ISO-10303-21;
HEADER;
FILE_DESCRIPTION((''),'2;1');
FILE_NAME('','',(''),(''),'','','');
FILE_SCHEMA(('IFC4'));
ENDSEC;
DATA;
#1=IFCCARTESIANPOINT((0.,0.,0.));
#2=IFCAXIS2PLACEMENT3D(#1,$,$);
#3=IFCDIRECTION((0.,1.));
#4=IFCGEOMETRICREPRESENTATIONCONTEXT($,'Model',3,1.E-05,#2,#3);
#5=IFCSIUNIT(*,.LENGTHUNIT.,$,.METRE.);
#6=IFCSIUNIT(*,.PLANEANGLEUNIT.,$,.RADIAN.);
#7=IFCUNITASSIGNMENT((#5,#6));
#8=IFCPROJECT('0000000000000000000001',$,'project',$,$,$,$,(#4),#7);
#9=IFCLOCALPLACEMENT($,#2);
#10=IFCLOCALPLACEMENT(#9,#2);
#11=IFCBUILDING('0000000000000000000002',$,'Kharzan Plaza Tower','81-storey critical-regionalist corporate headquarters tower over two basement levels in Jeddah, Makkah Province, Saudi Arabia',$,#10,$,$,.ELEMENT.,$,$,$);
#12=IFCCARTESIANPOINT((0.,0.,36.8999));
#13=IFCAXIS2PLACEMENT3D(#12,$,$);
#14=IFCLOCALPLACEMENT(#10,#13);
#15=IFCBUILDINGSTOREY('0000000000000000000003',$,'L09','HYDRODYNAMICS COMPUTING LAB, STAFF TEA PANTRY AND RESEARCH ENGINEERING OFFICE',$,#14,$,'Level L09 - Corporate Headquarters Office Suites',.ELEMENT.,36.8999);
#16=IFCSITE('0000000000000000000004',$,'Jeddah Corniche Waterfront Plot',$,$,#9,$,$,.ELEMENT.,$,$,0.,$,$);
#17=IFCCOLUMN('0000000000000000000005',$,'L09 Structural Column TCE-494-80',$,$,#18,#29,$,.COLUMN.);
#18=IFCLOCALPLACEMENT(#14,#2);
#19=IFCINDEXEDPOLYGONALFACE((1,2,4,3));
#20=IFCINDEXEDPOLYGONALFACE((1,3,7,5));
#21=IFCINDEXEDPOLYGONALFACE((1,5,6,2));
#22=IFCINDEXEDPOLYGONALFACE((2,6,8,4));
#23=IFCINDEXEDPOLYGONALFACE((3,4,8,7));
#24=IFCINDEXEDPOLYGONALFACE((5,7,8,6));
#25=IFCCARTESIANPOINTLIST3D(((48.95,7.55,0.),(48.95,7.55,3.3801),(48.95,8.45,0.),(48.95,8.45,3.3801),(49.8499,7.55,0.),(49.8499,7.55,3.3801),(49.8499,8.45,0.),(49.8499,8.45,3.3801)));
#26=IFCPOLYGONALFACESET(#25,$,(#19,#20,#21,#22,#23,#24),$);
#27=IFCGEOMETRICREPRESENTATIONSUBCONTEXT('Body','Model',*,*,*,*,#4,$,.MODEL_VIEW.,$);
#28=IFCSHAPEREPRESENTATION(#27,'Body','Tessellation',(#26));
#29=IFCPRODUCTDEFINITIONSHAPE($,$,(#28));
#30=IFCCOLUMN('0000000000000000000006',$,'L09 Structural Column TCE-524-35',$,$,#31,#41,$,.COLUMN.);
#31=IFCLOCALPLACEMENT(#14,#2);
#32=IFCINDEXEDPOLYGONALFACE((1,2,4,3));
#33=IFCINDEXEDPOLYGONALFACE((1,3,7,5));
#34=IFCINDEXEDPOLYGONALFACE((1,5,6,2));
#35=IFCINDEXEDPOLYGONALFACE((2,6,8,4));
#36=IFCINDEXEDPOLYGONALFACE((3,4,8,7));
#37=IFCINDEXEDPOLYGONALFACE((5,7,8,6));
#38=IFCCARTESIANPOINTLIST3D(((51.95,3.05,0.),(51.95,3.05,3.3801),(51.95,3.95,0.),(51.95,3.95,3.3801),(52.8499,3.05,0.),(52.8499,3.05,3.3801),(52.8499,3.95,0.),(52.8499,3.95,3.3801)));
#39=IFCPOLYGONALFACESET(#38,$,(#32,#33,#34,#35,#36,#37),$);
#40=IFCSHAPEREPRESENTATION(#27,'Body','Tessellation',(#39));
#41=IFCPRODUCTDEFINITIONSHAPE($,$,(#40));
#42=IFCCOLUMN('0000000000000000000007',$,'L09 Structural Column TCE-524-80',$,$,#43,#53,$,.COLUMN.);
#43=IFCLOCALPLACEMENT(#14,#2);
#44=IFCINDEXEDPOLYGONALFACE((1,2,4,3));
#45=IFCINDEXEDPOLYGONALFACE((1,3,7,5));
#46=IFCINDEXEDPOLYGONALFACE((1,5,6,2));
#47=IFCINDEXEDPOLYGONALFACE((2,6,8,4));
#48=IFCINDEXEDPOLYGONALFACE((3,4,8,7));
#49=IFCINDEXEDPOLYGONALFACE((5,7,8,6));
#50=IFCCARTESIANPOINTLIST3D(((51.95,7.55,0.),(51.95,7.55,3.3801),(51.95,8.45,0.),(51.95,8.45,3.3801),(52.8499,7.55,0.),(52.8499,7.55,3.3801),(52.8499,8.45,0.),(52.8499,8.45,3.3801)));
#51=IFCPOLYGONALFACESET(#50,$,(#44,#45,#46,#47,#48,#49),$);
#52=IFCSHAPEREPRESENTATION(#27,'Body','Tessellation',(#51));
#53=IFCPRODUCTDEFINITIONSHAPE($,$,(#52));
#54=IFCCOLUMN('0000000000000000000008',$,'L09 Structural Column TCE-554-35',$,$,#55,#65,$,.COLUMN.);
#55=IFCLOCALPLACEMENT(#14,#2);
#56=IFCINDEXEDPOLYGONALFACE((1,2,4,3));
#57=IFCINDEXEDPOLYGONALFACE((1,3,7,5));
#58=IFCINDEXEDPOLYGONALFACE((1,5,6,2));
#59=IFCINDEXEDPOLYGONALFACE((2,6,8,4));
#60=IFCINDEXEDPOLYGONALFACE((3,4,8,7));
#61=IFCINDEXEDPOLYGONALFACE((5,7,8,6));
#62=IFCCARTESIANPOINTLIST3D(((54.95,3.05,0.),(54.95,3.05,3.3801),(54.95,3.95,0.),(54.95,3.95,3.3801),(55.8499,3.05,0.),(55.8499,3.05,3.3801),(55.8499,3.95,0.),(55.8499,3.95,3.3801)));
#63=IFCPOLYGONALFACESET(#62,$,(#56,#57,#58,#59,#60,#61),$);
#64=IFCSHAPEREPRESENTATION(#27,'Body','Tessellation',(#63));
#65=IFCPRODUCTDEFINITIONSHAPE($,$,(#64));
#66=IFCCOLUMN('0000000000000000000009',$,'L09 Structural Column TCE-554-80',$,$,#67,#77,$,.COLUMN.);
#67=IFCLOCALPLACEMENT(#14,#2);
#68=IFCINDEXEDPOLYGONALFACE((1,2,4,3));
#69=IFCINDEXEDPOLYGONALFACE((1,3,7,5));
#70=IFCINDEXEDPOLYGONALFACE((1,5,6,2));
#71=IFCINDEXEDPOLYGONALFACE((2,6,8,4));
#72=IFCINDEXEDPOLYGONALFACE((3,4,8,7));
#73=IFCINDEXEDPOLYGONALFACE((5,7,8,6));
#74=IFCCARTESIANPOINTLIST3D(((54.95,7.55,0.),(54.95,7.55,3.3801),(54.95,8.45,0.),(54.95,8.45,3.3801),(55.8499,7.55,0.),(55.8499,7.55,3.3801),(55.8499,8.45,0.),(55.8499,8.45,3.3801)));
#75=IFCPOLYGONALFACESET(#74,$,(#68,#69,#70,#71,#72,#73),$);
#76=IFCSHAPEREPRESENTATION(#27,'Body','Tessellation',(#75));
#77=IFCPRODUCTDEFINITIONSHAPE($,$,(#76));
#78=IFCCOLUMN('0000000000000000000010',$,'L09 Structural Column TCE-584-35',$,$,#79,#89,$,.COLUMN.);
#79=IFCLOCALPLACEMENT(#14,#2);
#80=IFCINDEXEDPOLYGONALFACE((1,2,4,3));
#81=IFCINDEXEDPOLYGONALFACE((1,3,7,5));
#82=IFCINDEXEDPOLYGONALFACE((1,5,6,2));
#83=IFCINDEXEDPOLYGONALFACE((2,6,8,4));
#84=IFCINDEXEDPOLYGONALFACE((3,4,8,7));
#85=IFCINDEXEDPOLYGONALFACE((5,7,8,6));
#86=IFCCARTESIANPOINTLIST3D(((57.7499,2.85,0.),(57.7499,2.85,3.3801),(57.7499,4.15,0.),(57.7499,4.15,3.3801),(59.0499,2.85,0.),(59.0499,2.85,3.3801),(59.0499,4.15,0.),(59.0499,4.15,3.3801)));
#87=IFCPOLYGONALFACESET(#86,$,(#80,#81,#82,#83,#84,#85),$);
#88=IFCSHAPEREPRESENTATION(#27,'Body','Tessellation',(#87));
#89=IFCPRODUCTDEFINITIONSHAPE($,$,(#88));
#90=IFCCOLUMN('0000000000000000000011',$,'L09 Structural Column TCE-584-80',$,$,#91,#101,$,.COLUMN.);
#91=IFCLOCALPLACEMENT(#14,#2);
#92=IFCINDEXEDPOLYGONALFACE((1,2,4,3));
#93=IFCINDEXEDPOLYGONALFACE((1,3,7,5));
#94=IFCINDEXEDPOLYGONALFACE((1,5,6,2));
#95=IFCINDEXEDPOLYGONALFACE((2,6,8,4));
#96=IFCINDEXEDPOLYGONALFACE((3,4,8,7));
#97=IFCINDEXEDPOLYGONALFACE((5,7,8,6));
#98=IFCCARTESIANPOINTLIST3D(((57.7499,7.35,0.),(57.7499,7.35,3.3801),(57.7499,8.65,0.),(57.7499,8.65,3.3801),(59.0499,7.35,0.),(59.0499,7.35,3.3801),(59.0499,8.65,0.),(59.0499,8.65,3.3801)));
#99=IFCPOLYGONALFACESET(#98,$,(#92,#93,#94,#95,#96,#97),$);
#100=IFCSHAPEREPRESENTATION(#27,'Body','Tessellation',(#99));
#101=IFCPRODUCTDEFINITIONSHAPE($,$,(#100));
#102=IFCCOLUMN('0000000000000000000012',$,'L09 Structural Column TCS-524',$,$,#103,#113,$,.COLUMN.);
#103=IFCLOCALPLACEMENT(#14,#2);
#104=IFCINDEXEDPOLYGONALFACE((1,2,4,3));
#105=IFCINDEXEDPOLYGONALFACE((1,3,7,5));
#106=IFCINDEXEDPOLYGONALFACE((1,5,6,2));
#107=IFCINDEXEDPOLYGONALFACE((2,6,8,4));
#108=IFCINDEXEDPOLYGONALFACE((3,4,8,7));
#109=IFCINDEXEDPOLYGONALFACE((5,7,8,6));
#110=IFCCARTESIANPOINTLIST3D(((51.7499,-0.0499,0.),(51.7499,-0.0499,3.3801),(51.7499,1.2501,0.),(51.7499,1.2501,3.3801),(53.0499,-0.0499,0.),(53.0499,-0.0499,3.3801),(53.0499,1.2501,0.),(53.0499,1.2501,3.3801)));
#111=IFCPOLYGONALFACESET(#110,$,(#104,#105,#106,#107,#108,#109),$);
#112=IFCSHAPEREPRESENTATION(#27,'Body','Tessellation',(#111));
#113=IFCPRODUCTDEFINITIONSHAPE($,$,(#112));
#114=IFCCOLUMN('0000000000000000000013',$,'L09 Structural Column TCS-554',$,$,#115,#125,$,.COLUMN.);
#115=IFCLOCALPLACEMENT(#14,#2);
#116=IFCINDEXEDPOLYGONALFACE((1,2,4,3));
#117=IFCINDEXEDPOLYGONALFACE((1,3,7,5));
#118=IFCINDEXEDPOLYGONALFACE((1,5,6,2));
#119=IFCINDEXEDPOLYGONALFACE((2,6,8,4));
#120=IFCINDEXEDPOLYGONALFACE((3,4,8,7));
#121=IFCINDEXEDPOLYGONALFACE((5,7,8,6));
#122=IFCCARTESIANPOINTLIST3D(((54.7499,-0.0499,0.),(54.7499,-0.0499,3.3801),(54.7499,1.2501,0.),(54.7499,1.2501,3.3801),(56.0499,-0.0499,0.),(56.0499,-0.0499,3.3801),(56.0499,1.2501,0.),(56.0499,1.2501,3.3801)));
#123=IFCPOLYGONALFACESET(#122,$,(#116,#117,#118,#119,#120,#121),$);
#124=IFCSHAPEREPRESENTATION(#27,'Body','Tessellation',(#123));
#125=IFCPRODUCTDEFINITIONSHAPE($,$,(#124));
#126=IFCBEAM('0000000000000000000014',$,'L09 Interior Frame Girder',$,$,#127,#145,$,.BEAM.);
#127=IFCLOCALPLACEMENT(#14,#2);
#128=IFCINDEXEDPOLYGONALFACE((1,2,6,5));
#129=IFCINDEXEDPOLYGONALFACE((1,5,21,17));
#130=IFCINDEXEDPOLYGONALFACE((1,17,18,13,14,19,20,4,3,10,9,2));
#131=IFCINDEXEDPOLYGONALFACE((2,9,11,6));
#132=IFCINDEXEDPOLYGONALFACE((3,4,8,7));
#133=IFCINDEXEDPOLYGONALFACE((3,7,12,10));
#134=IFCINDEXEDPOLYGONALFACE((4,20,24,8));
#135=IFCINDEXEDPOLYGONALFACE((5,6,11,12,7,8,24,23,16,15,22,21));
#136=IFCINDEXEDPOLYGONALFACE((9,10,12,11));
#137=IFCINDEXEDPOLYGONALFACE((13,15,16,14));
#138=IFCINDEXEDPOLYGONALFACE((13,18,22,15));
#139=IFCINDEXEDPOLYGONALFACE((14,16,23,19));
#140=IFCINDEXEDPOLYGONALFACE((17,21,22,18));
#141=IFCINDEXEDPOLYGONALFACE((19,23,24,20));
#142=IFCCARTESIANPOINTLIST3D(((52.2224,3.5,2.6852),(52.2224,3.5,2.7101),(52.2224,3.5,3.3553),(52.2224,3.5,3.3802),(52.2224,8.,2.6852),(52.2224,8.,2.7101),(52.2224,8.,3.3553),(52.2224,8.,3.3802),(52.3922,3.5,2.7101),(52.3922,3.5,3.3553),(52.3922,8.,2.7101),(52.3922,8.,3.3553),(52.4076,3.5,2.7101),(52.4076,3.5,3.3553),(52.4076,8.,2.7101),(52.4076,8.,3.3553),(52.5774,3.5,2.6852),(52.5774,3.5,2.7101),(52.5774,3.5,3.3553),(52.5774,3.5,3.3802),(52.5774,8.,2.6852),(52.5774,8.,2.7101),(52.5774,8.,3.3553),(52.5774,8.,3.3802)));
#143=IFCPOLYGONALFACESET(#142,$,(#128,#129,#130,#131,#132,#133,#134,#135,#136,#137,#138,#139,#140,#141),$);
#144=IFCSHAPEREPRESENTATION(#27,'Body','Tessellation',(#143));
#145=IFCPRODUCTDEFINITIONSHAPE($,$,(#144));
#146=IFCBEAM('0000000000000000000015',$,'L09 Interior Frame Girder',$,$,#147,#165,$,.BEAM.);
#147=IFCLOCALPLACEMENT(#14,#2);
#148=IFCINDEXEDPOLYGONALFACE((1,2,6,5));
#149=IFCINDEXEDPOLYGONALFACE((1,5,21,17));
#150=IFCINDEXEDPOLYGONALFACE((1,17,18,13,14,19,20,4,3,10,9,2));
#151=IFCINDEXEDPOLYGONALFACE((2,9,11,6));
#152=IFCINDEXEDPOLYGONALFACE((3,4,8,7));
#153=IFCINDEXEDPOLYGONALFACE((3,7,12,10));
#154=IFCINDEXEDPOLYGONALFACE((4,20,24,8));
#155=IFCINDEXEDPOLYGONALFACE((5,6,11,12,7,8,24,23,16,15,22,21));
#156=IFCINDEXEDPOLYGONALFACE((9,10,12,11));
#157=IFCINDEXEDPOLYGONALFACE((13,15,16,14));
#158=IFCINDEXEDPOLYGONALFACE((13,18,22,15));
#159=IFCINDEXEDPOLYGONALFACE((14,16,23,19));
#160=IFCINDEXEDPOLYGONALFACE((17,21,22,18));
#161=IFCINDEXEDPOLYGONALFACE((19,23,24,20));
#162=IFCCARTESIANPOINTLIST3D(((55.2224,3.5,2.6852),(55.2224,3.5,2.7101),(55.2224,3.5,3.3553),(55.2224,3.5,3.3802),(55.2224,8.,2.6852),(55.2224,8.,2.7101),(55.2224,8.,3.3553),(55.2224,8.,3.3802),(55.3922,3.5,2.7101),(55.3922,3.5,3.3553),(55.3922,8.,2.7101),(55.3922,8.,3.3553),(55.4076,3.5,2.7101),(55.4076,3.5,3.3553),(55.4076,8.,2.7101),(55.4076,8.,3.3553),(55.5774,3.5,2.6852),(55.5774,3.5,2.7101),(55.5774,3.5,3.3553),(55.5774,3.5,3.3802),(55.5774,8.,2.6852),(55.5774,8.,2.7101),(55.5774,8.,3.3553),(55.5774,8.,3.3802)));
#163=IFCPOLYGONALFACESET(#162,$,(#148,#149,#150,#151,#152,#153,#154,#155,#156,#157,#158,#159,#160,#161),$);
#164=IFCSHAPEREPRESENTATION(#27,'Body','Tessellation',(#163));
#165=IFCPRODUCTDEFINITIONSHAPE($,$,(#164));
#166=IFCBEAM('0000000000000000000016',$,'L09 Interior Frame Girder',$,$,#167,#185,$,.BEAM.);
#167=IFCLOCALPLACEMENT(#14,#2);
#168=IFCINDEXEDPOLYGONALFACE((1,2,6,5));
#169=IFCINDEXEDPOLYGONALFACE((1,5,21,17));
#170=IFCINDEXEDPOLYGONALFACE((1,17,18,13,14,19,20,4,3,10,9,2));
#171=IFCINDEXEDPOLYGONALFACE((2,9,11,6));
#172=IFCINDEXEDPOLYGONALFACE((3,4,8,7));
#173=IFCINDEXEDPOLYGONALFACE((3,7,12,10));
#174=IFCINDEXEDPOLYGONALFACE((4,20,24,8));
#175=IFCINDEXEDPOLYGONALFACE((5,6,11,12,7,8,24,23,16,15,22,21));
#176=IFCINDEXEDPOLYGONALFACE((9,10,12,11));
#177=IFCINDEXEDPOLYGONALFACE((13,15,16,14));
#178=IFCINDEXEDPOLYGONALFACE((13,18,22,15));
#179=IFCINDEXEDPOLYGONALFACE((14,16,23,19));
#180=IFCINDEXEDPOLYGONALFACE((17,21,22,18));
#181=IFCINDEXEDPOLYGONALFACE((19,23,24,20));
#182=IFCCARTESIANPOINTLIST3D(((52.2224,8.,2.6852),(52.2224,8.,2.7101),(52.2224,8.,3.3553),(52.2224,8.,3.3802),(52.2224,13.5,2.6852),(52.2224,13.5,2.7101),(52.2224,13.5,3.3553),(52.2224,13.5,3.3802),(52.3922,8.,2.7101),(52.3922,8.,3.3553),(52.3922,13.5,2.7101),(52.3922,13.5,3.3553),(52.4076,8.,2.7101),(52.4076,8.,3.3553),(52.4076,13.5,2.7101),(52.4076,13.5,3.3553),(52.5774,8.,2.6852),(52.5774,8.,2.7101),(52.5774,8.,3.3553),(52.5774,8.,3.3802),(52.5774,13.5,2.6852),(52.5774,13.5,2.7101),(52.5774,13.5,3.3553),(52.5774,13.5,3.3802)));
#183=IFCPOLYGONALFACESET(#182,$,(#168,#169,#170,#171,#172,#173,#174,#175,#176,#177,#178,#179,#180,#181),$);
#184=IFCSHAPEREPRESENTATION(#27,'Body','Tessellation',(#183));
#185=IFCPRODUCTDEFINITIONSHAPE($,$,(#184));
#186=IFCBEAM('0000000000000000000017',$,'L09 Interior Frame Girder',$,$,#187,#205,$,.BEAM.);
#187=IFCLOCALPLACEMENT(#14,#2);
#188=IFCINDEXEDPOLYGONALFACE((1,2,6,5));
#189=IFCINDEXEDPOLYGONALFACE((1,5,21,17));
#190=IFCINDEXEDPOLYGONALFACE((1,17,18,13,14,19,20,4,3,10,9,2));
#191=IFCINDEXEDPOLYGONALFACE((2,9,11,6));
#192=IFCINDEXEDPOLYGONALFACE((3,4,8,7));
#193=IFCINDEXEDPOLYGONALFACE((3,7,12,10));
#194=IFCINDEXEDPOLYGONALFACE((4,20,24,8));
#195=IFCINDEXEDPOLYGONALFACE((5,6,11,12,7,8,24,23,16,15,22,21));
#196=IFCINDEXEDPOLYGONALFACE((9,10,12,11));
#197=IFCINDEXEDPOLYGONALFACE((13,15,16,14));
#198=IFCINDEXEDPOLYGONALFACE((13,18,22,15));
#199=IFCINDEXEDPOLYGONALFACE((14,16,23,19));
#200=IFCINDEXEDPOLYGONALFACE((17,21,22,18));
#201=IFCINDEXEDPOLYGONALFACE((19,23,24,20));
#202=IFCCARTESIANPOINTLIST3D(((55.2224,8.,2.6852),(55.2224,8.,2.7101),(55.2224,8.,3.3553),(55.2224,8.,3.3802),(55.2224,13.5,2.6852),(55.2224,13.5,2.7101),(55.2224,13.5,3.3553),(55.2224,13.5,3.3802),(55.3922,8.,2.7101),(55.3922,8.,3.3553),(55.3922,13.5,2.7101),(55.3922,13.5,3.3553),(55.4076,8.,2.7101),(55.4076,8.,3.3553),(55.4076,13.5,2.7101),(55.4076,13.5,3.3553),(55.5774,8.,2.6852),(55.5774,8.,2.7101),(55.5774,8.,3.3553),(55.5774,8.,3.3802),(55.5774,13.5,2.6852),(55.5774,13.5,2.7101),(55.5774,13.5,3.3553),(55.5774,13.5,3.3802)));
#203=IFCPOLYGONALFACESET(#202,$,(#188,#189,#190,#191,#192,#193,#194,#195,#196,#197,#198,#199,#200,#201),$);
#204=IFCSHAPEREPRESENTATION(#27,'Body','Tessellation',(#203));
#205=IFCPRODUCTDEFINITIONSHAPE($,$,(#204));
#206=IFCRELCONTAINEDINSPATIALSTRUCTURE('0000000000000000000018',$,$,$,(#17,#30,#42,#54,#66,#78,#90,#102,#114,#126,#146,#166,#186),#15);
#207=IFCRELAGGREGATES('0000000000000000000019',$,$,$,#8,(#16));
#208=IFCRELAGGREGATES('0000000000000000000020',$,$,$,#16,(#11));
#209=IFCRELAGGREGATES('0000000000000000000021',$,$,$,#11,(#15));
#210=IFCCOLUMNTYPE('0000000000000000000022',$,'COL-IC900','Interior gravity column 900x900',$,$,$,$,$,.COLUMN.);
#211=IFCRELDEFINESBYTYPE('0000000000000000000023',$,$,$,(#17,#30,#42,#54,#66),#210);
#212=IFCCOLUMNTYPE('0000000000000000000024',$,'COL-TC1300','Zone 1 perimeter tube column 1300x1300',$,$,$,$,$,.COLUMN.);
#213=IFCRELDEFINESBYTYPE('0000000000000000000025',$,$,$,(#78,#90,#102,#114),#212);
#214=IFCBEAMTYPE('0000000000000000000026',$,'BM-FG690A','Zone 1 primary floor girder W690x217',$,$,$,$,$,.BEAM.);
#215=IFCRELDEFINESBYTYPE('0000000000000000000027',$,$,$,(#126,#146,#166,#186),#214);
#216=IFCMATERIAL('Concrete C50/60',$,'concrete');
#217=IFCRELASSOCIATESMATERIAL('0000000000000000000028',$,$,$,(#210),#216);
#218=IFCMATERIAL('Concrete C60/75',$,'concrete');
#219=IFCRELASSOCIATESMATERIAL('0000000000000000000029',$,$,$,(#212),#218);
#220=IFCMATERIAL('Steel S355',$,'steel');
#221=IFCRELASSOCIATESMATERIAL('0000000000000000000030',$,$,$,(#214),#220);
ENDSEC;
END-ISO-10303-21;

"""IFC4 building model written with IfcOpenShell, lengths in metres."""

from ifc_helpers import new_model, si_unit, direction, frame, origin, origin_2d, place, context, subcontext, project, spatial, rectangle, i_section, extrude, source, transform, mapped, material, material_profile, profile_set, type_object, element, save


model = new_model("IFC4")

# Units and contexts
model_context = context("Model", 3, precision=1e-05, world=origin(), true_north=direction((0.0, 1.0)))
body_context = subcontext(model_context, "Body", "Model", "MODEL_VIEW")
ifc_project = project(units=[si_unit("LENGTHUNIT", "METRE"), si_unit("PLANEANGLEUNIT", "RADIAN")], contexts=[model_context])

# Site, building, storey
site_placement = place(None, origin())
site = spatial("IfcSite", under=ifc_project, at=site_placement, Name="Jeddah Corniche Waterfront Plot", CompositionType="ELEMENT", RefElevation=0.0)
building_placement = place(site_placement, origin())
building = spatial("IfcBuilding", under=site, at=building_placement, Name="Kharzan Plaza Tower", Description="81-storey critical-regionalist corporate headquarters tower over two basement levels in Jeddah, Makkah Province, Saudi Arabia", CompositionType="ELEMENT")
storey_placement = place(building_placement, frame((0.0, 0.0, 36.8999)))
storey = spatial("IfcBuildingStorey", under=building, at=storey_placement, Name="L09", Description="HYDRODYNAMICS COMPUTING LAB, STAFF TEA PANTRY AND RESEARCH ENGINEERING OFFICE", LongName="Level L09 - Corporate Headquarters Office Suites", CompositionType="ELEMENT", Elevation=36.8999)

# Columns
ifc_material_1 = material(Name="Concrete C50/60", Category="concrete")
ifc_material_profile_1 = material_profile(ifc_material_1, rectangle(XDim=0.8999, YDim=0.8999, at=origin_2d()), Name="RC-IC900x900")
ifc_profile_set_1 = profile_set([ifc_material_profile_1], Name="Concrete C50/60")
column_type_1 = type_object("IfcColumnType", Name="COL-IC900", Description="Interior gravity column 900x900", PredefinedType="COLUMN", material=ifc_profile_set_1)
shared_shape_1 = source(origin(), body_context, "Body", "SweptSolid", [
    extrude(rectangle(XDim=0.8999, YDim=0.8999, at=origin_2d()), origin(), (0.0, 0.0, 1.0), 3.3801),
])
for number, where, z_axis, x_axis, name in (
    (1, (49.3999, 8.0, 0.0), (0.0, 0.0, 1.0), (1.0, 0.0, 0.0), "L09 Structural Column TCE-494-80"),
    (2, (52.3999, 3.5, 0.0), (0.0, 0.0, 1.0), (1.0, 0.0, 0.0), "L09 Structural Column TCE-524-35"),
    (3, (52.3999, 8.0, 0.0), (0.0, 0.0, 1.0), (1.0, 0.0, 0.0), "L09 Structural Column TCE-524-80"),
    (4, (55.3999, 3.5, 0.0), (0.0, 0.0, 1.0), (1.0, 0.0, 0.0), "L09 Structural Column TCE-554-35"),
    (5, (55.3999, 8.0, 0.0), (0.0, 0.0, 1.0), (1.0, 0.0, 0.0), "L09 Structural Column TCE-554-80"),
):
    element("IfcColumn", number, at=place(storey_placement, frame(where, z_axis=z_axis, x_axis=x_axis)), inside=storey, type_object=column_type_1, Name=name, PredefinedType="COLUMN", context=body_context, shape_type="MappedRepresentation", body=[
        mapped(shared_shape_1, transform((0.0, 0.0, 0.0), x_axis=(1.0, 0.0, 0.0), y_axis=(0.0, 1.0, 0.0), z_axis=(0.0, 0.0, 1.0))),
    ])
ifc_material_2 = material(Name="Concrete C60/75", Category="concrete")
ifc_material_profile_2 = material_profile(ifc_material_2, rectangle(XDim=1.3, YDim=1.3, at=origin_2d()), Name="RC-TC1300x1300")
ifc_profile_set_2 = profile_set([ifc_material_profile_2], Name="Concrete C60/75")
column_type_2 = type_object("IfcColumnType", Name="COL-TC1300", Description="Zone 1 perimeter tube column 1300x1300", PredefinedType="COLUMN", material=ifc_profile_set_2)
shared_shape_2 = source(origin(), body_context, "Body", "SweptSolid", [
    extrude(rectangle(XDim=1.3, YDim=1.3, at=origin_2d()), origin(), (0.0, 0.0, 1.0), 3.3801),
])
for number, where, z_axis, x_axis, name in (
    (6, (58.3999, 3.5, 0.0), (0.0, 0.0, 1.0), (1.0, 0.0, 0.0), "L09 Structural Column TCE-584-35"),
    (7, (58.3999, 8.0, 0.0), (0.0, 0.0, 1.0), (1.0, 0.0, 0.0), "L09 Structural Column TCE-584-80"),
    (8, (52.3999, 0.6001, 0.0), (0.0, 0.0, 1.0), (1.0, 0.0, 0.0), "L09 Structural Column TCS-524"),
    (9, (55.3999, 0.6001, 0.0), (0.0, 0.0, 1.0), (1.0, 0.0, 0.0), "L09 Structural Column TCS-554"),
):
    element("IfcColumn", number, at=place(storey_placement, frame(where, z_axis=z_axis, x_axis=x_axis)), inside=storey, type_object=column_type_2, Name=name, PredefinedType="COLUMN", context=body_context, shape_type="MappedRepresentation", body=[
        mapped(shared_shape_2, transform((0.0, 0.0, 0.0), x_axis=(1.0, 0.0, 0.0), y_axis=(0.0, 1.0, 0.0), z_axis=(0.0, 0.0, 1.0))),
    ])

# Beams
ifc_material_3 = material(Name="Steel S355", Category="steel")
ifc_material_profile_3 = material_profile(ifc_material_3, i_section(OverallWidth=0.355, OverallDepth=0.6951, WebThickness=0.0154, FlangeThickness=0.0249, at=origin_2d()), Name="W690x217")
ifc_profile_set_3 = profile_set([ifc_material_profile_3], Name="Steel S355")
beam_type_1 = type_object("IfcBeamType", Name="BM-FG690A", Description="Zone 1 primary floor girder W690x217", PredefinedType="BEAM", material=ifc_profile_set_3)
shared_shape_3 = source(origin(), body_context, "Body", "SweptSolid", [
    extrude(i_section(OverallWidth=0.355, OverallDepth=0.6951, WebThickness=0.0154, FlangeThickness=0.0249, at=origin_2d()), origin(), (0.0, 0.0, 1.0), 4.5),
])
for number, where, z_axis, x_axis, name in (
    (10, (52.3999, 3.5, 3.0327), (0.0, 1.0, 0.0), (-1.0, 0.0, 0.0), "L09 Interior Frame Girder"),
    (11, (55.3999, 3.5, 3.0327), (0.0, 1.0, 0.0), (-1.0, 0.0, 0.0), "L09 Interior Frame Girder"),
):
    element("IfcBeam", number, at=place(storey_placement, frame(where, z_axis=z_axis, x_axis=x_axis)), inside=storey, type_object=beam_type_1, Name=name, PredefinedType="BEAM", context=body_context, shape_type="MappedRepresentation", body=[
        mapped(shared_shape_3, transform((0.0, 0.0, 0.0), x_axis=(1.0, 0.0, 0.0), y_axis=(0.0, 1.0, 0.0), z_axis=(0.0, 0.0, 1.0))),
    ])
shared_shape_4 = source(origin(), body_context, "Body", "SweptSolid", [
    extrude(i_section(OverallWidth=0.355, OverallDepth=0.6951, WebThickness=0.0154, FlangeThickness=0.0249, at=origin_2d()), origin(), (0.0, 0.0, 1.0), 5.5),
])
for number, where, z_axis, x_axis, name in (
    (12, (52.3999, 8.0, 3.0327), (0.0, 1.0, 0.0), (-1.0, 0.0, 0.0), "L09 Interior Frame Girder"),
    (13, (55.3999, 8.0, 3.0327), (0.0, 1.0, 0.0), (-1.0, 0.0, 0.0), "L09 Interior Frame Girder"),
):
    element("IfcBeam", number, at=place(storey_placement, frame(where, z_axis=z_axis, x_axis=x_axis)), inside=storey, type_object=beam_type_1, Name=name, PredefinedType="BEAM", context=body_context, shape_type="MappedRepresentation", body=[
        mapped(shared_shape_4, transform((0.0, 0.0, 0.0), x_axis=(1.0, 0.0, 0.0), y_axis=(0.0, 1.0, 0.0), z_axis=(0.0, 0.0, 1.0))),
    ])

save(model, "model.ifc")
